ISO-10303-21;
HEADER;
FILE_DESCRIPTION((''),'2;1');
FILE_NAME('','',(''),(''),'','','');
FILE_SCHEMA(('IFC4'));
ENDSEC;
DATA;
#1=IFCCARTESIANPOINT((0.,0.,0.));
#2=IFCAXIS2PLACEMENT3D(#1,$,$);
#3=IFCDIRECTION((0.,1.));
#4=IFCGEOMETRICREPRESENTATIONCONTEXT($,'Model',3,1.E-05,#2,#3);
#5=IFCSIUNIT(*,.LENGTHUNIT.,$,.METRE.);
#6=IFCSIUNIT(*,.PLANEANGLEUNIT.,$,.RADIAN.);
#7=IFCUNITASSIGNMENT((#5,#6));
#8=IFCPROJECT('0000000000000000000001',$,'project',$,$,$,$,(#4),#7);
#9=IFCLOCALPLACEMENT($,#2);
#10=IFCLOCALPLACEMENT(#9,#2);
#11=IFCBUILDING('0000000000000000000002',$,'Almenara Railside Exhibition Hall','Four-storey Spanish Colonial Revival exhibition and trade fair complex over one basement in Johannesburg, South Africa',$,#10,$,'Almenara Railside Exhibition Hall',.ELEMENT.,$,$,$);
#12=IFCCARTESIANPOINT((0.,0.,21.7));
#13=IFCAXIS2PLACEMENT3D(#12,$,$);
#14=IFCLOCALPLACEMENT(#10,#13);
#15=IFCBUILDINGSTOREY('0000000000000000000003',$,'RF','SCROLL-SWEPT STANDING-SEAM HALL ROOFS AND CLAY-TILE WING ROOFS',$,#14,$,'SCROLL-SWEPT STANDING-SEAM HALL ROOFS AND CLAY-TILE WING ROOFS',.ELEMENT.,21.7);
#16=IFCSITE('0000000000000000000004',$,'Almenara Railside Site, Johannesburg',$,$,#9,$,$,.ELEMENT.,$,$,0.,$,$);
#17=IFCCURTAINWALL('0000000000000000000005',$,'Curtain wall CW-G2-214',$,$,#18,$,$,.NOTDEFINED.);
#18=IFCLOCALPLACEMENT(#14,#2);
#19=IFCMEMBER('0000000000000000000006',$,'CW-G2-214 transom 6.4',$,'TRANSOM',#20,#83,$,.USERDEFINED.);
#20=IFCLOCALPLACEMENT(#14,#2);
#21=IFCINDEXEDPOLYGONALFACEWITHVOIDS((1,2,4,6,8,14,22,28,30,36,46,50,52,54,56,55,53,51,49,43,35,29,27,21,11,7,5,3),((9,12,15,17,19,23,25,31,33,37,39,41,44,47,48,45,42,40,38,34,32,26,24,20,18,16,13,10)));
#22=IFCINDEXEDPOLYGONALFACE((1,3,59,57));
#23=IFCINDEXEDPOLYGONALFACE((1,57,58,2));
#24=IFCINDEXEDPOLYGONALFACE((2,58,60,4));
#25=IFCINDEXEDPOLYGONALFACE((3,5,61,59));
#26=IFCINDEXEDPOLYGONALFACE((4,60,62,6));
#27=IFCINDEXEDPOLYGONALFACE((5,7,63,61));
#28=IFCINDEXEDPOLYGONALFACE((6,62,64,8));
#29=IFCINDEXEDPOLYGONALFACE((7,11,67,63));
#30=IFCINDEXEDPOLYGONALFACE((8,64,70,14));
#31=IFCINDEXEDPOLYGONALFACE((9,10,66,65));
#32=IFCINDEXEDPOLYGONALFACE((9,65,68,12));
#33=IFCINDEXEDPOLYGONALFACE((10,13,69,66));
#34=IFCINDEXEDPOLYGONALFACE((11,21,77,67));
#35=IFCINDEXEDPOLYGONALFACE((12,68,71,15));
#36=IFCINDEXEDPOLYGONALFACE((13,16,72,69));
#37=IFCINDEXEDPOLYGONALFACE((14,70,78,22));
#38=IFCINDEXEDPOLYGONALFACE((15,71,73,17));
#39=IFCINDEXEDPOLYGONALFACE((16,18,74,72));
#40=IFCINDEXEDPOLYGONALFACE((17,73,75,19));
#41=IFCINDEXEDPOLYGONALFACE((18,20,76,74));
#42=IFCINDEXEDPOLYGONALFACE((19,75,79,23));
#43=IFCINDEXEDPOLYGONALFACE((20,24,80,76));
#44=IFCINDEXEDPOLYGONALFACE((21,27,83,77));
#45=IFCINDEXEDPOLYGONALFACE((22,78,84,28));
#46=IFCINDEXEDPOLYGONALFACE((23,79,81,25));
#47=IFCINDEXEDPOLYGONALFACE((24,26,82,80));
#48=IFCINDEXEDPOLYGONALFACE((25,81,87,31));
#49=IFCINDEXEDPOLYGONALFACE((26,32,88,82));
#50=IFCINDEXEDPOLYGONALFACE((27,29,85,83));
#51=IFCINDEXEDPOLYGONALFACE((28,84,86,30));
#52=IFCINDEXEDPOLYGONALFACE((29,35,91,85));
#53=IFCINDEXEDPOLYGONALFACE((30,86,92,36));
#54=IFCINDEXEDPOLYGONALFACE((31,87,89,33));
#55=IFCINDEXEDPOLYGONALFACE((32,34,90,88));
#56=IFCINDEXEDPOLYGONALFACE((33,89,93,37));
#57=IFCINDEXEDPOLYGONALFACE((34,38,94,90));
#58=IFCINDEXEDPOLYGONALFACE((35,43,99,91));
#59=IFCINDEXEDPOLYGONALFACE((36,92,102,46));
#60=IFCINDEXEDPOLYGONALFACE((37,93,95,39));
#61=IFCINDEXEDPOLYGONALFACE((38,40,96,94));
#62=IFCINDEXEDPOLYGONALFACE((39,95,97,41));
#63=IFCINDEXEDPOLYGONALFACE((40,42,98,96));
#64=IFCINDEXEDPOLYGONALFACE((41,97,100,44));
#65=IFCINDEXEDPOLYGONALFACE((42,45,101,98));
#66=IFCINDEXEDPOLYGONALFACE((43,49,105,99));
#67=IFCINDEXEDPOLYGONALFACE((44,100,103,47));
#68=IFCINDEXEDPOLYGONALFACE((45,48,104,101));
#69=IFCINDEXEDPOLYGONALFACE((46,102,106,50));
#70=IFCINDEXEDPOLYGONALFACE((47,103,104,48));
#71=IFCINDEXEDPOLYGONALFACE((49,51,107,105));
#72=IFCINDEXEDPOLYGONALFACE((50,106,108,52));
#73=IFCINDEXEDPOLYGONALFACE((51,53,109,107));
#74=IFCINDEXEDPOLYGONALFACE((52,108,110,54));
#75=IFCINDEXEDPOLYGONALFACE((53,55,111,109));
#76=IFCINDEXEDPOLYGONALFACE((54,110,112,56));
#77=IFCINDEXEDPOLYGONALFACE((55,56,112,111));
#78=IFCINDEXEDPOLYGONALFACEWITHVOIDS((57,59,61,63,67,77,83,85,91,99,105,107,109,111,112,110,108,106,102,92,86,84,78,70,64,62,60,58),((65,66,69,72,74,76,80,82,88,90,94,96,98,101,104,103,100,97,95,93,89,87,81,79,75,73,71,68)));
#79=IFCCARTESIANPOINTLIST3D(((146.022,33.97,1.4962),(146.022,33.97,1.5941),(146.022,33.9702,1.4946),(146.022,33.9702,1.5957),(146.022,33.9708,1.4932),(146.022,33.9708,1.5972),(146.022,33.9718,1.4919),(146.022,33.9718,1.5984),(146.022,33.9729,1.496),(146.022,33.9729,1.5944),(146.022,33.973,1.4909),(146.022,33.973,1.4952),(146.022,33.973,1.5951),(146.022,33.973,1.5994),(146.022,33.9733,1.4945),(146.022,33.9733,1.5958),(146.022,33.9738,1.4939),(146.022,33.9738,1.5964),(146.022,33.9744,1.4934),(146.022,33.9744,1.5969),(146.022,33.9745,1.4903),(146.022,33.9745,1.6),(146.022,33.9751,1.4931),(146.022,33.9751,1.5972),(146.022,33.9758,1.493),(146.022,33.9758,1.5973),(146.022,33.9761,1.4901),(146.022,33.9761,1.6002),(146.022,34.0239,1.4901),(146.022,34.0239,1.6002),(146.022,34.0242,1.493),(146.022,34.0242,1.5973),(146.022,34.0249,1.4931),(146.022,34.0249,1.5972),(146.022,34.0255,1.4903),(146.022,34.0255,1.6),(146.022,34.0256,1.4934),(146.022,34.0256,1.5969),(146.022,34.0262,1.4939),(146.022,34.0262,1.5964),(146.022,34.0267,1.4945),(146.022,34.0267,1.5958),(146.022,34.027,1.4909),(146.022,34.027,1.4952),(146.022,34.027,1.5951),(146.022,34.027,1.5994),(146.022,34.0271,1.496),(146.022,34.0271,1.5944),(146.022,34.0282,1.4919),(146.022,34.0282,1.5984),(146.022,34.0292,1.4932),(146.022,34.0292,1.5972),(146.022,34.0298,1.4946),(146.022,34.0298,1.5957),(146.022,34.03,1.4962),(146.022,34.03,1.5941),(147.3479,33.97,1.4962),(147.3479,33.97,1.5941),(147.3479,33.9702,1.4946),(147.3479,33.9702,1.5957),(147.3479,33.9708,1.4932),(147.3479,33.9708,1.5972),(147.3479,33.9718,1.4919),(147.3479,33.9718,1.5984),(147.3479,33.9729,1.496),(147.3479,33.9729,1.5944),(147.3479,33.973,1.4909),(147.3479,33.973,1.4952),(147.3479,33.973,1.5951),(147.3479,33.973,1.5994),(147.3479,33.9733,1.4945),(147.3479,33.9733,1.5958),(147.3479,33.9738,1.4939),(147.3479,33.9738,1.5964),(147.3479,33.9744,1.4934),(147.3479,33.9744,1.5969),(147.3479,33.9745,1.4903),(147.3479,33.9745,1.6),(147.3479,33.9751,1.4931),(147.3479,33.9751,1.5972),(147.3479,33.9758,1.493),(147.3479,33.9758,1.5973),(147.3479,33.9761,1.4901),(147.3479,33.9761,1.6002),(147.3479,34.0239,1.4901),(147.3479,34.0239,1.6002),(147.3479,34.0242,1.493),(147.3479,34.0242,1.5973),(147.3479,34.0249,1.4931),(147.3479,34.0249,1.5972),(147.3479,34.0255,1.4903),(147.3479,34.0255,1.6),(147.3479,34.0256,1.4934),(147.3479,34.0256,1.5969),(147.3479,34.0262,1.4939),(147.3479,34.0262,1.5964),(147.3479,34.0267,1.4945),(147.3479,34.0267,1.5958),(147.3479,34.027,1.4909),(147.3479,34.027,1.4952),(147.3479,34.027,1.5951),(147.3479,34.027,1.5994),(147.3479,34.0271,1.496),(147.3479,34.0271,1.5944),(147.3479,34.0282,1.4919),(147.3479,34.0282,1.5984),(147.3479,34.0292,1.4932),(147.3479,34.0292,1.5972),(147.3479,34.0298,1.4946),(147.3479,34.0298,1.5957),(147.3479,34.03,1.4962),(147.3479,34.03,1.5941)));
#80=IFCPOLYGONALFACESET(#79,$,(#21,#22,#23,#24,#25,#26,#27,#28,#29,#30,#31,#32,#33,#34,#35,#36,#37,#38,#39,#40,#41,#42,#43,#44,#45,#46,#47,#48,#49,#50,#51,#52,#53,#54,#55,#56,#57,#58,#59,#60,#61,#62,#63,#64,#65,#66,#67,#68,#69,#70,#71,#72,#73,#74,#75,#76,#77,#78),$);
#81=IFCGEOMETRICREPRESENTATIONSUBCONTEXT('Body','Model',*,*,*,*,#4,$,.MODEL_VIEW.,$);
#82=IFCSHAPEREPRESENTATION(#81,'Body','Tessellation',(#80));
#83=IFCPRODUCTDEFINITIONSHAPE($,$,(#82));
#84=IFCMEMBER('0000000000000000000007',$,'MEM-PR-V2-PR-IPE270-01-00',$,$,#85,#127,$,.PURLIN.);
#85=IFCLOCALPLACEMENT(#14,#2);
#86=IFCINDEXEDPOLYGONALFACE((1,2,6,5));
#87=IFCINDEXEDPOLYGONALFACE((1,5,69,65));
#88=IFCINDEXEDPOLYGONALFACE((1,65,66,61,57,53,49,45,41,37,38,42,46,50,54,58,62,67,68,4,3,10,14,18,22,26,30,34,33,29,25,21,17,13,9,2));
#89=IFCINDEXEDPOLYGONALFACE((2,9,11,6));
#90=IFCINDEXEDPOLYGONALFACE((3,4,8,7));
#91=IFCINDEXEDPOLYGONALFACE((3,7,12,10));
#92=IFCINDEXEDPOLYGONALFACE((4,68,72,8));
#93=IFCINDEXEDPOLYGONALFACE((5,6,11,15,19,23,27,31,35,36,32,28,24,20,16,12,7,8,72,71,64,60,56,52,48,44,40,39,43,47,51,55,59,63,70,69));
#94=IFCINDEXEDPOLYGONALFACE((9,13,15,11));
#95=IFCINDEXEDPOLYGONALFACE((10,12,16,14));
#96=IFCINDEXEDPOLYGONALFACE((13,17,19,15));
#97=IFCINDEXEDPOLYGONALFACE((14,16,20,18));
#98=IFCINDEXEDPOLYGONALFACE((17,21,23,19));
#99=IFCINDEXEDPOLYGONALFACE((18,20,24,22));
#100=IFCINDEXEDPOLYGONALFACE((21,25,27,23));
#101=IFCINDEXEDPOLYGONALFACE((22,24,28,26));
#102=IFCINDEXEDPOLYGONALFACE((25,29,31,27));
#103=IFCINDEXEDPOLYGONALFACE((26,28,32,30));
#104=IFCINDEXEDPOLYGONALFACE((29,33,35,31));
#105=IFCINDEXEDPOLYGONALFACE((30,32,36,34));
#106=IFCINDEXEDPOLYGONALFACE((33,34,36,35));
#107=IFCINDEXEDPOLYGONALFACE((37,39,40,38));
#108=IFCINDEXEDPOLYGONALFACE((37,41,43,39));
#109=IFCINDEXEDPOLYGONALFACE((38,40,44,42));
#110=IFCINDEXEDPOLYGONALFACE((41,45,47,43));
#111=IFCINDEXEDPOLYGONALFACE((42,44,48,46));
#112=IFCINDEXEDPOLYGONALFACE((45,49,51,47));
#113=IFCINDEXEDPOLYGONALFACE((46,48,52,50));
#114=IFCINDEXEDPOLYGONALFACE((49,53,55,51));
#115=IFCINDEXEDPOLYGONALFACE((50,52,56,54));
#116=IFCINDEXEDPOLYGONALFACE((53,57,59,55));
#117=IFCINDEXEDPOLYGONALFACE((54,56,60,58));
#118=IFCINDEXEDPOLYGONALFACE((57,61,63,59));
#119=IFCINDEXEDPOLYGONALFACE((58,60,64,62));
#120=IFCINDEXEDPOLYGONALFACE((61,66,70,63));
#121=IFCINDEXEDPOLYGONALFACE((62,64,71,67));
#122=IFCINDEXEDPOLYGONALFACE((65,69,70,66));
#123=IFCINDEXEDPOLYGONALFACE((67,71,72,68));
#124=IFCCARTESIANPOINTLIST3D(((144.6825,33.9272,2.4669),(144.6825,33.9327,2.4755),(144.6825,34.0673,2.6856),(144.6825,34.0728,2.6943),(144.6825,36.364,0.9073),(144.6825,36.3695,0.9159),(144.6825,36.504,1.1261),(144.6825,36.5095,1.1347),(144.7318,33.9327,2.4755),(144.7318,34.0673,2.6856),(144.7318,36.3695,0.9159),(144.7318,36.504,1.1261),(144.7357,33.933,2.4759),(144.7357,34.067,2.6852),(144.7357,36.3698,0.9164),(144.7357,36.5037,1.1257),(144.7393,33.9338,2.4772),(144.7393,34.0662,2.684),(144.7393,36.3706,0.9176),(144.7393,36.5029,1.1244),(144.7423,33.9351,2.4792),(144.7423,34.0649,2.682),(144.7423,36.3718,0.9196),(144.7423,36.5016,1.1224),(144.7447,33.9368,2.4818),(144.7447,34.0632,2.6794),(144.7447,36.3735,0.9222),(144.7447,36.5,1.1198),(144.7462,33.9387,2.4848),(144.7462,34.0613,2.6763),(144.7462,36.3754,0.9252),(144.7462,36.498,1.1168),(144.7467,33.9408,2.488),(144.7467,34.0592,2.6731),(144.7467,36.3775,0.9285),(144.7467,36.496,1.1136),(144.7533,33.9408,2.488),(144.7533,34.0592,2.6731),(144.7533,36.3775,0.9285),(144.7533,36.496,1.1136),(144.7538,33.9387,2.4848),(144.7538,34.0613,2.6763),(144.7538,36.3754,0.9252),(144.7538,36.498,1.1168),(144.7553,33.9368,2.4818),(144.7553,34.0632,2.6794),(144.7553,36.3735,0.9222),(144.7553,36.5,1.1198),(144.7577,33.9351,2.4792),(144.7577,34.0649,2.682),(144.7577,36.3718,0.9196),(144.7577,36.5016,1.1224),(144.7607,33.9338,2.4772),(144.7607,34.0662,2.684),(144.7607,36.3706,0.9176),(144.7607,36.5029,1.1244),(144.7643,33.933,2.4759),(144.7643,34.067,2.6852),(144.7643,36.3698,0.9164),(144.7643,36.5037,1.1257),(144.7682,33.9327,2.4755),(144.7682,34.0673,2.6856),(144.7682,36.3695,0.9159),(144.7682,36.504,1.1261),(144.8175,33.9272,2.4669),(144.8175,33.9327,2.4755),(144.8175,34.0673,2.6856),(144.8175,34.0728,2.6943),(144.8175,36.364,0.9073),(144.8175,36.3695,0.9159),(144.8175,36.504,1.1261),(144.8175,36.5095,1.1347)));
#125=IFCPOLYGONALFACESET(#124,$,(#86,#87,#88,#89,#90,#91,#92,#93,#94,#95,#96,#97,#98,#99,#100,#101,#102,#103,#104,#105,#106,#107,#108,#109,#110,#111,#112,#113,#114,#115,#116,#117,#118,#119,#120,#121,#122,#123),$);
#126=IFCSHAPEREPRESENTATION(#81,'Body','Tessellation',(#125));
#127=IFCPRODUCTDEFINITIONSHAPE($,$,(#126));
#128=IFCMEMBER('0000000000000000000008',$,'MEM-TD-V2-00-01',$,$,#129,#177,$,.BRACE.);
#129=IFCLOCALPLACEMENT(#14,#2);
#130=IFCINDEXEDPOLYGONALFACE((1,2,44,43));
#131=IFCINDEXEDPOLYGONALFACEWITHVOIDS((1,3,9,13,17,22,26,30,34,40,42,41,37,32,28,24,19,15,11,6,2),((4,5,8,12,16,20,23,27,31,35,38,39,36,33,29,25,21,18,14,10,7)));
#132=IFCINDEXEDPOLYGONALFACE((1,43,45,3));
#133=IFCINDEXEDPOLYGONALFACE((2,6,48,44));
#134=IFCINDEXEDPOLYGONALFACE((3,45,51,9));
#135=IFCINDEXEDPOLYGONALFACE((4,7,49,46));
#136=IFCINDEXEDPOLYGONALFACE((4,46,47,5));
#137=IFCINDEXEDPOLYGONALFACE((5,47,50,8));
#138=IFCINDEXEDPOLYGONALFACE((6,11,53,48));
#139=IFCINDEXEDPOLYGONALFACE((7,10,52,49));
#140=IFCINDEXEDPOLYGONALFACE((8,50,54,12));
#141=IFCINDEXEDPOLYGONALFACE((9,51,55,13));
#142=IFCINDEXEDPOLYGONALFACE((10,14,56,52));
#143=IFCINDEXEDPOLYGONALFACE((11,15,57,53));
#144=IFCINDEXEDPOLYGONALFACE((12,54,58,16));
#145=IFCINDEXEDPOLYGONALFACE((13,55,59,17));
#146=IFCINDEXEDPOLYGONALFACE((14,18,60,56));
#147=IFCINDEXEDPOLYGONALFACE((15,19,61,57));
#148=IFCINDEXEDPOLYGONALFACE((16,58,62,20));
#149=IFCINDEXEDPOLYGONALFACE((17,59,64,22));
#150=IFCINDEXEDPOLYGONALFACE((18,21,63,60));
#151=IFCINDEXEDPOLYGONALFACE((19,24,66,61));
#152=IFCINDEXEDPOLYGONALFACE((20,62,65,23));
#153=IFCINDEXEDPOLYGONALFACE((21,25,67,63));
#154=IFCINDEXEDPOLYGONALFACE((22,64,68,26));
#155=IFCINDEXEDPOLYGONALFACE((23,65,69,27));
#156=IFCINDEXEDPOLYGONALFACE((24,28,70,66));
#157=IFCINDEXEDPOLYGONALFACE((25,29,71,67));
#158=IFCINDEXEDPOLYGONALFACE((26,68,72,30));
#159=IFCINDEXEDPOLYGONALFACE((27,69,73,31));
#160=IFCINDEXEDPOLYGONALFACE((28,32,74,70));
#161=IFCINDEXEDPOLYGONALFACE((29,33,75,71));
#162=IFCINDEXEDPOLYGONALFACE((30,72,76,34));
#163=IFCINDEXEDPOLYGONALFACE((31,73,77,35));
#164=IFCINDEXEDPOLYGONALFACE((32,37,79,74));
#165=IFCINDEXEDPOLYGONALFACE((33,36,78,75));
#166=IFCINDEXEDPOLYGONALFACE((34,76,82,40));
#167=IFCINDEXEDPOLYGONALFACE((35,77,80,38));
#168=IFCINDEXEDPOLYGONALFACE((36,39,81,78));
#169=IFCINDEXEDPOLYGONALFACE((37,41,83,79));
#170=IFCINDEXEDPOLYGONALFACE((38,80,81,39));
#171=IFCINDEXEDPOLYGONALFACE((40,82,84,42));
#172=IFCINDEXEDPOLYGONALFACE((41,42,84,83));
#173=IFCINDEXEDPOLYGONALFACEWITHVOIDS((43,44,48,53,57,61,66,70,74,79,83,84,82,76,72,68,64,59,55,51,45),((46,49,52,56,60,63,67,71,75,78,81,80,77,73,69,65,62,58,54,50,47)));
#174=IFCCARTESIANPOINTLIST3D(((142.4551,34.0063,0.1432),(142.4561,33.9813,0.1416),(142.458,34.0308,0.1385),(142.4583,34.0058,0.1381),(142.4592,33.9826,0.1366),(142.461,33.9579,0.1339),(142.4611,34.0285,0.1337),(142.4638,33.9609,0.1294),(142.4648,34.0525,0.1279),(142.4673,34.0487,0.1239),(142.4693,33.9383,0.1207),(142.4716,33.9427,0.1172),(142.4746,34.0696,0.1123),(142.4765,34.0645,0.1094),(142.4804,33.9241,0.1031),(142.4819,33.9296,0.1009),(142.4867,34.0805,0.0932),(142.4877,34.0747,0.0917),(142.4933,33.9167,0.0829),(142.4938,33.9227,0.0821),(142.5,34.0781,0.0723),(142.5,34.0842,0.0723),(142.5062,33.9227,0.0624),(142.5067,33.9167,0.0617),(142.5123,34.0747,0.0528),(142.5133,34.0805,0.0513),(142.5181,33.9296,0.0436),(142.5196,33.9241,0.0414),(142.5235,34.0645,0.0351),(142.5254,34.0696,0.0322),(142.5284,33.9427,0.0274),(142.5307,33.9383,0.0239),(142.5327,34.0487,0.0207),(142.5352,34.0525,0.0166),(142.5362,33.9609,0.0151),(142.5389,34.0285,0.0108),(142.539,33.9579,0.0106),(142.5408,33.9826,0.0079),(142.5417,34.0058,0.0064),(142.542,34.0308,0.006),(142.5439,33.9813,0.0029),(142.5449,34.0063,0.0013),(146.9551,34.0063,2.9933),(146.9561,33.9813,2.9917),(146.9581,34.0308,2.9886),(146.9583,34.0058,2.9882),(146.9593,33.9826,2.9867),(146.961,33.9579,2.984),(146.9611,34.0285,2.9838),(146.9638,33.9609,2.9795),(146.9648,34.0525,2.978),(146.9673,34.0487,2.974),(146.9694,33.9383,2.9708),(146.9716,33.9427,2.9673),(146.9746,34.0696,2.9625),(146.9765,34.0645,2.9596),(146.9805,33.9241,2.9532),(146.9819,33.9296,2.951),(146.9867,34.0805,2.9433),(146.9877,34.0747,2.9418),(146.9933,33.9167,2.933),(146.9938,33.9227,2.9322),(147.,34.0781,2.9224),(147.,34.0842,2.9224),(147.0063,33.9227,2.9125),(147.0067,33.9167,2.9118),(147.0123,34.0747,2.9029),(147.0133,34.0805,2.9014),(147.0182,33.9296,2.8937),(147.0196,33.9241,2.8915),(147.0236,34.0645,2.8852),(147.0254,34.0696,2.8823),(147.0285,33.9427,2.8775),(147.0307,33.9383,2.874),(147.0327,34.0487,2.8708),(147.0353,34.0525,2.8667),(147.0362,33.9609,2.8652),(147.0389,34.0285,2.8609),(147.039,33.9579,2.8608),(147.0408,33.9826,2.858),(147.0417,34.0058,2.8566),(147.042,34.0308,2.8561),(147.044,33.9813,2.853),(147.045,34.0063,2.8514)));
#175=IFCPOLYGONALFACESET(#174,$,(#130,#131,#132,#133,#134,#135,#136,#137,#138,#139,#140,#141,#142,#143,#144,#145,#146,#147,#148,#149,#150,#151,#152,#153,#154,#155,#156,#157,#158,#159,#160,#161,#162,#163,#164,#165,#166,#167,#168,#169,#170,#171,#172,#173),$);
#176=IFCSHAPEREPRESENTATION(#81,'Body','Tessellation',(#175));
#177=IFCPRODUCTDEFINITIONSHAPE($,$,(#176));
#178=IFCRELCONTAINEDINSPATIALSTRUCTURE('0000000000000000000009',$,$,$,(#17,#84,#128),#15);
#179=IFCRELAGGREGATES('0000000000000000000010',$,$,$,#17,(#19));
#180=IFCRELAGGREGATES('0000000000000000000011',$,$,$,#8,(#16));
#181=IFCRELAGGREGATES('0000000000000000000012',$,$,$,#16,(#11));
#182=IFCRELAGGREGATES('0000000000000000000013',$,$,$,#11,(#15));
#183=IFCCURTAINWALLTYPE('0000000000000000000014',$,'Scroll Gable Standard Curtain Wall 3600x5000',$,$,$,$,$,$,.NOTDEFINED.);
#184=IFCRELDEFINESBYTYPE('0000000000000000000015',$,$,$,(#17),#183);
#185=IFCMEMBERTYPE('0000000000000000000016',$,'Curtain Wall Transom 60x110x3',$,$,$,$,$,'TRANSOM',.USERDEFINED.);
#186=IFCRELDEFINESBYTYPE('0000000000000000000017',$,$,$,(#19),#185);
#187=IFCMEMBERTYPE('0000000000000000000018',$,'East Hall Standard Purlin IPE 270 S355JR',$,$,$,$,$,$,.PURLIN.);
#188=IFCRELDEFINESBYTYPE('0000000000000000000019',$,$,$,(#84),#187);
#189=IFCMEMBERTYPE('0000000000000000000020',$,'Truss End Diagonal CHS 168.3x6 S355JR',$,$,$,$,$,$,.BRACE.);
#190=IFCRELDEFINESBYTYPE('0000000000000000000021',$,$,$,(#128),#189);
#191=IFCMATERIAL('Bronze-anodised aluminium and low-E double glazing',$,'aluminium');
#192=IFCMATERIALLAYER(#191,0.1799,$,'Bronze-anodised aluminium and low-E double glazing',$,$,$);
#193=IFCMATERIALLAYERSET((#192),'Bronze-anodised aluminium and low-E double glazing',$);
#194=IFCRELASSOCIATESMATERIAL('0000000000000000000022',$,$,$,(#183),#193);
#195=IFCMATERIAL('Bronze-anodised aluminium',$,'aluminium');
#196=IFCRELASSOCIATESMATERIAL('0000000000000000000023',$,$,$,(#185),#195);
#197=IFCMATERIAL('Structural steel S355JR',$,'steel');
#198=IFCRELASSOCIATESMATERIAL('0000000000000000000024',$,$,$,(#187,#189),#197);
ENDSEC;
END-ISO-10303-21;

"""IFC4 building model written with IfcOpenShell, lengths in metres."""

from ifc_helpers import new_model, si_unit, direction, frame, origin, origin_2d, place, context, subcontext, project, spatial, hollow_rectangle, hollow_circle, i_section, extrude, material, layer, layer_set, material_profile, profile_set, type_object, element, aggregate, save


model = new_model("IFC4")

# Units and contexts
model_context = context("Model", 3, precision=1e-05, world=origin(), true_north=direction((0.0, 1.0)))
body_context = subcontext(model_context, "Body", "Model", "MODEL_VIEW")
ifc_project = project(units=[si_unit("LENGTHUNIT", "METRE"), si_unit("PLANEANGLEUNIT", "RADIAN")], contexts=[model_context])

# Site, building, storey
site_placement = place(None, origin())
site = spatial("IfcSite", under=ifc_project, at=site_placement, Name="Almenara Railside Site, Johannesburg", CompositionType="ELEMENT", RefElevation=0.0)
building_placement = place(site_placement, origin())
building = spatial("IfcBuilding", under=site, at=building_placement, Name="Almenara Railside Exhibition Hall", Description="Four-storey Spanish Colonial Revival exhibition and trade fair complex over one basement in Johannesburg, South Africa", LongName="Almenara Railside Exhibition Hall", CompositionType="ELEMENT")
storey_placement = place(building_placement, frame((0.0, 0.0, 21.7)))
storey = spatial("IfcBuildingStorey", under=building, at=storey_placement, Name="RF", Description="SCROLL-SWEPT STANDING-SEAM HALL ROOFS AND CLAY-TILE WING ROOFS", LongName="SCROLL-SWEPT STANDING-SEAM HALL ROOFS AND CLAY-TILE WING ROOFS", CompositionType="ELEMENT", Elevation=21.7)

# Shared definitions
ifc_material_1 = material(Name="Structural steel S355JR", Category="steel")

# Curtain wall, member
ifc_material_2 = material(Name="Bronze-anodised aluminium and low-E double glazing", Category="aluminium")
ifc_layer_1 = layer(ifc_material_2, 0.1799, Name="Bronze-anodised aluminium and low-E double glazing")
ifc_layer_set_1 = layer_set([ifc_layer_1], Name="Bronze-anodised aluminium and low-E double glazing")
curtain_wall_type = type_object("IfcCurtainWallType", Name="Scroll Gable Standard Curtain Wall 3600x5000", PredefinedType="NOTDEFINED", material=ifc_layer_set_1)
curtain_wall_placement = place(storey_placement, origin())
curtain_wall = element("IfcCurtainWall", 1, at=curtain_wall_placement, inside=storey, type_object=curtain_wall_type, Name="Curtain wall CW-G2-214", PredefinedType="NOTDEFINED")
ifc_material_3 = material(Name="Bronze-anodised aluminium", Category="aluminium")
ifc_material_profile_1 = material_profile(ifc_material_3, hollow_rectangle(XDim=0.0601, YDim=0.1101, WallThickness=0.0029, InnerFilletRadius=0.0029, OuterFilletRadius=0.0061, at=origin_2d()), Name="ALU-TRN 60x110x3")
ifc_profile_set_1 = profile_set([ifc_material_profile_1], Name="Bronze-anodised aluminium")
member_type_1 = type_object("IfcMemberType", Name="Curtain Wall Transom 60x110x3", ElementType="TRANSOM", PredefinedType="USERDEFINED", material=ifc_profile_set_1)
member_1_placement = place(storey_placement, frame((146.022, 34.0, 1.5452), z_axis=(1.0, 0.0, 0.0), x_axis=(0.0, 1.0, 0.0)))
member_1 = element("IfcMember", 2, at=member_1_placement, type_object=member_type_1, Name="CW-G2-214 transom 6.4", ObjectType="TRANSOM", PredefinedType="USERDEFINED", context=body_context, shape_type="SweptSolid", body=[
    extrude(hollow_rectangle(XDim=0.0601, YDim=0.1101, WallThickness=0.0029, InnerFilletRadius=0.0029, OuterFilletRadius=0.0061, at=origin_2d()), origin(), (0.0, 0.0, 1.0), 1.3259),
])

# Members
ifc_material_profile_2 = material_profile(ifc_material_1, i_section(OverallWidth=0.135, OverallDepth=0.27, WebThickness=0.0066, FlangeThickness=0.0103, FilletRadius=0.0149, at=origin_2d()), Name="IPE 270")
ifc_profile_set_2 = profile_set([ifc_material_profile_2], Name="Structural steel S355JR")
member_type_2 = type_object("IfcMemberType", Name="East Hall Standard Purlin IPE 270 S355JR", PredefinedType="PURLIN", material=ifc_profile_set_2)
member_2_placement = place(storey_placement, frame((144.75, 34.0, 2.5806), z_axis=(0.0, 0.842265, -0.539063), x_axis=(-1.0, 0.0, 0.0)))
element("IfcMember", 3, at=member_2_placement, inside=storey, type_object=member_type_2, Name="MEM-PR-V2-PR-IPE270-01-00", PredefinedType="PURLIN", context=body_context, shape_type="SweptSolid", body=[
    extrude(i_section(OverallWidth=0.135, OverallDepth=0.27, WebThickness=0.0066, FlangeThickness=0.0103, FilletRadius=0.0149, at=origin_2d()), origin(), (0.0, 0.0, 1.0), 2.8931),
])
ifc_material_profile_3 = material_profile(ifc_material_1, hollow_circle(Radius=0.0842, WallThickness=0.0061, at=origin_2d()), Name="CHS 168.3x6")
ifc_profile_set_3 = profile_set([ifc_material_profile_3], Name="Structural steel S355JR")
member_type_3 = type_object("IfcMemberType", Name="Truss End Diagonal CHS 168.3x6 S355JR", PredefinedType="BRACE", material=ifc_profile_set_3)
member_3_placement = place(storey_placement, frame((142.5, 34.0, 0.0723), z_axis=(0.844811, 0.0, 0.535065), x_axis=(0.0, 1.0, 0.0)))
element("IfcMember", 4, at=member_3_placement, inside=storey, type_object=member_type_3, Name="MEM-TD-V2-00-01", PredefinedType="BRACE", context=body_context, shape_type="SweptSolid", body=[
    extrude(hollow_circle(Radius=0.0842, WallThickness=0.0061, at=origin_2d()), origin(), (0.0, 0.0, 1.0), 5.3267),
])

aggregate(curtain_wall, [member_1])

save(model, "model.ifc")
